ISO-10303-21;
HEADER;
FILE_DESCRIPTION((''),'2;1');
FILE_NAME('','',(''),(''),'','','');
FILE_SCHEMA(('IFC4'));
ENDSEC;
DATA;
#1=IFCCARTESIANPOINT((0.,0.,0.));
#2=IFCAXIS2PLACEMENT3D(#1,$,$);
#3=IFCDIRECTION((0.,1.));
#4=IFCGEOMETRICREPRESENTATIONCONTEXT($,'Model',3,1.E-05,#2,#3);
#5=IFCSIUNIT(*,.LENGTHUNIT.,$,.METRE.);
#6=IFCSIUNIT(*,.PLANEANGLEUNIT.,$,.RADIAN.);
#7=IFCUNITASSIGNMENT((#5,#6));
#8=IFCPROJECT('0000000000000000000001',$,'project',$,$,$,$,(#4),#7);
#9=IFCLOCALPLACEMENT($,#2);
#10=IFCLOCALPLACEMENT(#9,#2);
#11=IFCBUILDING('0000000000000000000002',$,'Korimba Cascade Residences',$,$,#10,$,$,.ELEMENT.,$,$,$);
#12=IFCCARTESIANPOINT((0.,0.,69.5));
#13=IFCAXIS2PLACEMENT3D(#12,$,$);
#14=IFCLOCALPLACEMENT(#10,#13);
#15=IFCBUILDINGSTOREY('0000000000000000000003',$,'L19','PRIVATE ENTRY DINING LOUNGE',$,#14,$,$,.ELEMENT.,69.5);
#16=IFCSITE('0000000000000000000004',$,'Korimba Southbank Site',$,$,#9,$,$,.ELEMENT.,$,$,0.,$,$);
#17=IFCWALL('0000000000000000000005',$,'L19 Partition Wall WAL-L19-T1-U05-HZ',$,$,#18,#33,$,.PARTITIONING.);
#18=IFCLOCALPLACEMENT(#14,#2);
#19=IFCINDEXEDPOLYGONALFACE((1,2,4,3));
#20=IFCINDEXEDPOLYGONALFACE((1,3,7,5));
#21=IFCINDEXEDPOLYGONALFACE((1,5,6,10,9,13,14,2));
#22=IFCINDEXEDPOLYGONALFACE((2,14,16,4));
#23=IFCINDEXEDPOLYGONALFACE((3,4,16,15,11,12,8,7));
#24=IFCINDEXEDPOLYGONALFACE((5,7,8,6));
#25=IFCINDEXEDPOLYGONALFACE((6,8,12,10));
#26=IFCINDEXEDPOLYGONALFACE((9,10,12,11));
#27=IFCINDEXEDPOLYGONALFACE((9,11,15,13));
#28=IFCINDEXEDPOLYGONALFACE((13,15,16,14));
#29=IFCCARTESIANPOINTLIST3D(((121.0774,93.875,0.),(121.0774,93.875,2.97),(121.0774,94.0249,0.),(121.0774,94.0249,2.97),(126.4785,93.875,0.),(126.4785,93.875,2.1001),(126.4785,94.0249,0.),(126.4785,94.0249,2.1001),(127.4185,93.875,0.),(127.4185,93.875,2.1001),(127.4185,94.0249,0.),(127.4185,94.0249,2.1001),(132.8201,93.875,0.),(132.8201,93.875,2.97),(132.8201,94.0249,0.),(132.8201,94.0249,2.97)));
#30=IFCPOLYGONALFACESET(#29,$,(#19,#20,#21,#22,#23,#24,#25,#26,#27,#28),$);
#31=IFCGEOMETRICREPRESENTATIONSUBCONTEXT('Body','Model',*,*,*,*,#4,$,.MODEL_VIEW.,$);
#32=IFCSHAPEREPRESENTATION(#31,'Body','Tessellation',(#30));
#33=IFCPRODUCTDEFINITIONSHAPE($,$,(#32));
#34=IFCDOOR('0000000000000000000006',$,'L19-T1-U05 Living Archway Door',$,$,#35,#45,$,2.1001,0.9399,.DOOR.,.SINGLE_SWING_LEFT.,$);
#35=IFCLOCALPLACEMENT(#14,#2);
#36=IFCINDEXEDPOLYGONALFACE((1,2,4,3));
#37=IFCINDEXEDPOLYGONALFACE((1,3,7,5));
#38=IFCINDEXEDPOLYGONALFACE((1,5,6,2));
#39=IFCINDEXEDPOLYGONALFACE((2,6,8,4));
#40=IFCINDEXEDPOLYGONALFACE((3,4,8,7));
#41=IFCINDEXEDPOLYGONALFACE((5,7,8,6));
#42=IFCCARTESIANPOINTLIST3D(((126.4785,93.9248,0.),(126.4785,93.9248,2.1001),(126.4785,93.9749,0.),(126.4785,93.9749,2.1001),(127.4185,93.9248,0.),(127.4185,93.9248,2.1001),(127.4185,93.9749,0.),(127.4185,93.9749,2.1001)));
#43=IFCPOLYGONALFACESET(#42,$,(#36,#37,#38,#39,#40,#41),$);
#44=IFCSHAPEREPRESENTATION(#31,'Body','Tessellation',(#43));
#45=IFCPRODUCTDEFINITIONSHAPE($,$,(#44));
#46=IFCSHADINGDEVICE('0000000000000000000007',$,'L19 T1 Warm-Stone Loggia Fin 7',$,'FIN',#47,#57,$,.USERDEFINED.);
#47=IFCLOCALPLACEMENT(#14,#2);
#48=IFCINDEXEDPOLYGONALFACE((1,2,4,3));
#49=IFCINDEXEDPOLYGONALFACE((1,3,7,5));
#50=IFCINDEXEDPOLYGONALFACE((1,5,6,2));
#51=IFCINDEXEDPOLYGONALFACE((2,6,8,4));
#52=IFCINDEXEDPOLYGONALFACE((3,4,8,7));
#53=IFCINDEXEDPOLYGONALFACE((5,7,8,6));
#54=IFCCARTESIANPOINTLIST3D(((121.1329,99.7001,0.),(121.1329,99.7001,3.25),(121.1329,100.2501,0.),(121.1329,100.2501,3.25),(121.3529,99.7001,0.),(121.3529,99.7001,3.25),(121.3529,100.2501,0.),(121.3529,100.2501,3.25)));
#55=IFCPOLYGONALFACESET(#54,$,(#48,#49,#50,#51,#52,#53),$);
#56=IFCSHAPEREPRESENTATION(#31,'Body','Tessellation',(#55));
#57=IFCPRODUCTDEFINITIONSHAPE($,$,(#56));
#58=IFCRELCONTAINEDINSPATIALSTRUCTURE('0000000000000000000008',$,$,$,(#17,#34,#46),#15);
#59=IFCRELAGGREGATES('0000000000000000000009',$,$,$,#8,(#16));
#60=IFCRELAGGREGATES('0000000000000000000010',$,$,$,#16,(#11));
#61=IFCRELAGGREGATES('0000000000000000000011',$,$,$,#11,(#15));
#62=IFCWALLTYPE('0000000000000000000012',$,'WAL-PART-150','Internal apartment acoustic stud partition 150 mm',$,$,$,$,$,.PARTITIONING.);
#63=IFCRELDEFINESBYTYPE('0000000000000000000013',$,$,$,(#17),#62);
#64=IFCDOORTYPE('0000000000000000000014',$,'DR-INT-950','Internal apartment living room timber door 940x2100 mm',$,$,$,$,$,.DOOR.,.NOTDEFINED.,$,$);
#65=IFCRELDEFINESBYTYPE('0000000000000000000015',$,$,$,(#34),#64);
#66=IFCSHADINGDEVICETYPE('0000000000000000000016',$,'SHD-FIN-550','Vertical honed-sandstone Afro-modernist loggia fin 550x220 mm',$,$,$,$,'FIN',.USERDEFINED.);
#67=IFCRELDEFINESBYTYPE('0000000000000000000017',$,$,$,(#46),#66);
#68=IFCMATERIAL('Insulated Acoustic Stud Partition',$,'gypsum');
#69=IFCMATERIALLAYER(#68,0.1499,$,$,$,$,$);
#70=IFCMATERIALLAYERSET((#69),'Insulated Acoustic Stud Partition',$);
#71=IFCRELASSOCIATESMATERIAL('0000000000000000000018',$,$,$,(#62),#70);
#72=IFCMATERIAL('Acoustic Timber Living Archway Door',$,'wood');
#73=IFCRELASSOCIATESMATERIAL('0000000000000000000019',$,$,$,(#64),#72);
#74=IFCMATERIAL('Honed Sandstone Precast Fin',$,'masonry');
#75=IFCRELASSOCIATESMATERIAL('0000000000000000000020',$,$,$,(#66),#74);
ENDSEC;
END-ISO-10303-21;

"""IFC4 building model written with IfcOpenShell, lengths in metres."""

from ifc_helpers import new_model, si_unit, direction, frame, frame_2d, origin, origin_2d, place, context, subcontext, project, spatial, rectangle, extrude, material, layer, layer_set, type_object, element, fill, save


model = new_model("IFC4")

# Units and contexts
model_context = context("Model", 3, precision=1e-05, world=origin(), true_north=direction((0.0, 1.0)))
body_context = subcontext(model_context, "Body", "Model", "MODEL_VIEW")
ifc_project = project(units=[si_unit("LENGTHUNIT", "METRE"), si_unit("PLANEANGLEUNIT", "RADIAN")], contexts=[model_context])

# Site, building, storey
site_placement = place(None, origin())
site = spatial("IfcSite", under=ifc_project, at=site_placement, Name="Korimba Southbank Site", CompositionType="ELEMENT", RefElevation=0.0)
building_placement = place(site_placement, origin())
building = spatial("IfcBuilding", under=site, at=building_placement, Name="Korimba Cascade Residences", CompositionType="ELEMENT")
storey_placement = place(building_placement, frame((0.0, 0.0, 69.5)))
storey = spatial("IfcBuildingStorey", under=building, at=storey_placement, Name="L19", Description="PRIVATE ENTRY DINING LOUNGE", CompositionType="ELEMENT", Elevation=69.5)

# Shared definitions
ifc_material_1 = material(Name="Insulated Acoustic Stud Partition", Category="gypsum")
ifc_layer = layer(ifc_material_1, 0.1499)
ifc_layer_set = layer_set([ifc_layer], Name="Insulated Acoustic Stud Partition")
wall_type = type_object("IfcWallType", Name="WAL-PART-150", Description="Internal apartment acoustic stud partition 150 mm", PredefinedType="PARTITIONING", material=ifc_layer_set)

# Wall, opening, door
wall_1_placement = place(storey_placement, frame((121.0774, 93.95, 0.0), z_axis=(0.0, 0.0, 1.0), x_axis=(1.0, 0.0, 0.0)))
wall_1 = element("IfcWall", 1, at=wall_1_placement, inside=storey, type_object=wall_type, Name="L19 Partition Wall WAL-L19-T1-U05-HZ", PredefinedType="PARTITIONING", context=body_context, shape_type="SweptSolid", body=[
    extrude(rectangle(XDim=11.7427, YDim=0.1499, at=frame_2d((5.8713, 0.0))), origin(), (0.0, 0.0, 1.0), 2.97),
])
opening_1_placement = place(wall_1_placement, frame((5.4011, 0.0, 0.0)))
opening_1 = element("IfcOpeningElement", 2, at=opening_1_placement, cuts=wall_1, PredefinedType="OPENING", context=body_context, shape_type="SweptSolid", body=[
    extrude(rectangle(XDim=0.9399, YDim=2.1001, at=frame_2d((0.47, 1.05))), frame((0.0, 0.085, 0.0), z_axis=(0.0, -1.0, 0.0), x_axis=(1.0, 0.0, 0.0)), (0.0, 0.0, 1.0), 0.1699),
])
ifc_material_2 = material(Name="Acoustic Timber Living Archway Door", Category="wood")
door_type_1 = type_object("IfcDoorType", Name="DR-INT-950", Description="Internal apartment living room timber door 940x2100 mm", OperationType="NOTDEFINED", PredefinedType="DOOR", material=ifc_material_2)
door_1_placement = place(opening_1_placement, origin())
door_1 = element("IfcDoor", 3, at=door_1_placement, inside=storey, type_object=door_type_1, Name="L19-T1-U05 Living Archway Door", OperationType="SINGLE_SWING_LEFT", OverallHeight=2.1001, OverallWidth=0.9399, PredefinedType="DOOR", context=body_context, shape_type="SweptSolid", body=[
    extrude(rectangle(XDim=0.9399, YDim=2.1001, at=frame_2d((0.47, 1.05))), frame((0.0, 0.0249, 0.0), z_axis=(0.0, -1.0, 0.0), x_axis=(1.0, 0.0, 0.0)), (0.0, 0.0, 1.0), 0.05),
])
fill(opening_1, door_1)

# Shading device
ifc_material_3 = material(Name="Honed Sandstone Precast Fin", Category="masonry")
shading_device_type = type_object("IfcShadingDeviceType", Name="SHD-FIN-550", Description="Vertical honed-sandstone Afro-modernist loggia fin 550x220 mm", ElementType="FIN", PredefinedType="USERDEFINED", material=ifc_material_3)
shading_device_placement = place(storey_placement, frame((121.2429, 99.9751, 0.0), z_axis=(0.0, 0.0, 1.0), x_axis=(1.0, 0.0, 0.0)))
element("IfcShadingDevice", 4, at=shading_device_placement, inside=storey, type_object=shading_device_type, Name="L19 T1 Warm-Stone Loggia Fin 7", ObjectType="FIN", PredefinedType="USERDEFINED", context=body_context, shape_type="SweptSolid", body=[
    extrude(rectangle(XDim=0.22, YDim=0.55, at=origin_2d()), origin(), (0.0, 0.0, 1.0), 3.25),
])

save(model, "model.ifc")
